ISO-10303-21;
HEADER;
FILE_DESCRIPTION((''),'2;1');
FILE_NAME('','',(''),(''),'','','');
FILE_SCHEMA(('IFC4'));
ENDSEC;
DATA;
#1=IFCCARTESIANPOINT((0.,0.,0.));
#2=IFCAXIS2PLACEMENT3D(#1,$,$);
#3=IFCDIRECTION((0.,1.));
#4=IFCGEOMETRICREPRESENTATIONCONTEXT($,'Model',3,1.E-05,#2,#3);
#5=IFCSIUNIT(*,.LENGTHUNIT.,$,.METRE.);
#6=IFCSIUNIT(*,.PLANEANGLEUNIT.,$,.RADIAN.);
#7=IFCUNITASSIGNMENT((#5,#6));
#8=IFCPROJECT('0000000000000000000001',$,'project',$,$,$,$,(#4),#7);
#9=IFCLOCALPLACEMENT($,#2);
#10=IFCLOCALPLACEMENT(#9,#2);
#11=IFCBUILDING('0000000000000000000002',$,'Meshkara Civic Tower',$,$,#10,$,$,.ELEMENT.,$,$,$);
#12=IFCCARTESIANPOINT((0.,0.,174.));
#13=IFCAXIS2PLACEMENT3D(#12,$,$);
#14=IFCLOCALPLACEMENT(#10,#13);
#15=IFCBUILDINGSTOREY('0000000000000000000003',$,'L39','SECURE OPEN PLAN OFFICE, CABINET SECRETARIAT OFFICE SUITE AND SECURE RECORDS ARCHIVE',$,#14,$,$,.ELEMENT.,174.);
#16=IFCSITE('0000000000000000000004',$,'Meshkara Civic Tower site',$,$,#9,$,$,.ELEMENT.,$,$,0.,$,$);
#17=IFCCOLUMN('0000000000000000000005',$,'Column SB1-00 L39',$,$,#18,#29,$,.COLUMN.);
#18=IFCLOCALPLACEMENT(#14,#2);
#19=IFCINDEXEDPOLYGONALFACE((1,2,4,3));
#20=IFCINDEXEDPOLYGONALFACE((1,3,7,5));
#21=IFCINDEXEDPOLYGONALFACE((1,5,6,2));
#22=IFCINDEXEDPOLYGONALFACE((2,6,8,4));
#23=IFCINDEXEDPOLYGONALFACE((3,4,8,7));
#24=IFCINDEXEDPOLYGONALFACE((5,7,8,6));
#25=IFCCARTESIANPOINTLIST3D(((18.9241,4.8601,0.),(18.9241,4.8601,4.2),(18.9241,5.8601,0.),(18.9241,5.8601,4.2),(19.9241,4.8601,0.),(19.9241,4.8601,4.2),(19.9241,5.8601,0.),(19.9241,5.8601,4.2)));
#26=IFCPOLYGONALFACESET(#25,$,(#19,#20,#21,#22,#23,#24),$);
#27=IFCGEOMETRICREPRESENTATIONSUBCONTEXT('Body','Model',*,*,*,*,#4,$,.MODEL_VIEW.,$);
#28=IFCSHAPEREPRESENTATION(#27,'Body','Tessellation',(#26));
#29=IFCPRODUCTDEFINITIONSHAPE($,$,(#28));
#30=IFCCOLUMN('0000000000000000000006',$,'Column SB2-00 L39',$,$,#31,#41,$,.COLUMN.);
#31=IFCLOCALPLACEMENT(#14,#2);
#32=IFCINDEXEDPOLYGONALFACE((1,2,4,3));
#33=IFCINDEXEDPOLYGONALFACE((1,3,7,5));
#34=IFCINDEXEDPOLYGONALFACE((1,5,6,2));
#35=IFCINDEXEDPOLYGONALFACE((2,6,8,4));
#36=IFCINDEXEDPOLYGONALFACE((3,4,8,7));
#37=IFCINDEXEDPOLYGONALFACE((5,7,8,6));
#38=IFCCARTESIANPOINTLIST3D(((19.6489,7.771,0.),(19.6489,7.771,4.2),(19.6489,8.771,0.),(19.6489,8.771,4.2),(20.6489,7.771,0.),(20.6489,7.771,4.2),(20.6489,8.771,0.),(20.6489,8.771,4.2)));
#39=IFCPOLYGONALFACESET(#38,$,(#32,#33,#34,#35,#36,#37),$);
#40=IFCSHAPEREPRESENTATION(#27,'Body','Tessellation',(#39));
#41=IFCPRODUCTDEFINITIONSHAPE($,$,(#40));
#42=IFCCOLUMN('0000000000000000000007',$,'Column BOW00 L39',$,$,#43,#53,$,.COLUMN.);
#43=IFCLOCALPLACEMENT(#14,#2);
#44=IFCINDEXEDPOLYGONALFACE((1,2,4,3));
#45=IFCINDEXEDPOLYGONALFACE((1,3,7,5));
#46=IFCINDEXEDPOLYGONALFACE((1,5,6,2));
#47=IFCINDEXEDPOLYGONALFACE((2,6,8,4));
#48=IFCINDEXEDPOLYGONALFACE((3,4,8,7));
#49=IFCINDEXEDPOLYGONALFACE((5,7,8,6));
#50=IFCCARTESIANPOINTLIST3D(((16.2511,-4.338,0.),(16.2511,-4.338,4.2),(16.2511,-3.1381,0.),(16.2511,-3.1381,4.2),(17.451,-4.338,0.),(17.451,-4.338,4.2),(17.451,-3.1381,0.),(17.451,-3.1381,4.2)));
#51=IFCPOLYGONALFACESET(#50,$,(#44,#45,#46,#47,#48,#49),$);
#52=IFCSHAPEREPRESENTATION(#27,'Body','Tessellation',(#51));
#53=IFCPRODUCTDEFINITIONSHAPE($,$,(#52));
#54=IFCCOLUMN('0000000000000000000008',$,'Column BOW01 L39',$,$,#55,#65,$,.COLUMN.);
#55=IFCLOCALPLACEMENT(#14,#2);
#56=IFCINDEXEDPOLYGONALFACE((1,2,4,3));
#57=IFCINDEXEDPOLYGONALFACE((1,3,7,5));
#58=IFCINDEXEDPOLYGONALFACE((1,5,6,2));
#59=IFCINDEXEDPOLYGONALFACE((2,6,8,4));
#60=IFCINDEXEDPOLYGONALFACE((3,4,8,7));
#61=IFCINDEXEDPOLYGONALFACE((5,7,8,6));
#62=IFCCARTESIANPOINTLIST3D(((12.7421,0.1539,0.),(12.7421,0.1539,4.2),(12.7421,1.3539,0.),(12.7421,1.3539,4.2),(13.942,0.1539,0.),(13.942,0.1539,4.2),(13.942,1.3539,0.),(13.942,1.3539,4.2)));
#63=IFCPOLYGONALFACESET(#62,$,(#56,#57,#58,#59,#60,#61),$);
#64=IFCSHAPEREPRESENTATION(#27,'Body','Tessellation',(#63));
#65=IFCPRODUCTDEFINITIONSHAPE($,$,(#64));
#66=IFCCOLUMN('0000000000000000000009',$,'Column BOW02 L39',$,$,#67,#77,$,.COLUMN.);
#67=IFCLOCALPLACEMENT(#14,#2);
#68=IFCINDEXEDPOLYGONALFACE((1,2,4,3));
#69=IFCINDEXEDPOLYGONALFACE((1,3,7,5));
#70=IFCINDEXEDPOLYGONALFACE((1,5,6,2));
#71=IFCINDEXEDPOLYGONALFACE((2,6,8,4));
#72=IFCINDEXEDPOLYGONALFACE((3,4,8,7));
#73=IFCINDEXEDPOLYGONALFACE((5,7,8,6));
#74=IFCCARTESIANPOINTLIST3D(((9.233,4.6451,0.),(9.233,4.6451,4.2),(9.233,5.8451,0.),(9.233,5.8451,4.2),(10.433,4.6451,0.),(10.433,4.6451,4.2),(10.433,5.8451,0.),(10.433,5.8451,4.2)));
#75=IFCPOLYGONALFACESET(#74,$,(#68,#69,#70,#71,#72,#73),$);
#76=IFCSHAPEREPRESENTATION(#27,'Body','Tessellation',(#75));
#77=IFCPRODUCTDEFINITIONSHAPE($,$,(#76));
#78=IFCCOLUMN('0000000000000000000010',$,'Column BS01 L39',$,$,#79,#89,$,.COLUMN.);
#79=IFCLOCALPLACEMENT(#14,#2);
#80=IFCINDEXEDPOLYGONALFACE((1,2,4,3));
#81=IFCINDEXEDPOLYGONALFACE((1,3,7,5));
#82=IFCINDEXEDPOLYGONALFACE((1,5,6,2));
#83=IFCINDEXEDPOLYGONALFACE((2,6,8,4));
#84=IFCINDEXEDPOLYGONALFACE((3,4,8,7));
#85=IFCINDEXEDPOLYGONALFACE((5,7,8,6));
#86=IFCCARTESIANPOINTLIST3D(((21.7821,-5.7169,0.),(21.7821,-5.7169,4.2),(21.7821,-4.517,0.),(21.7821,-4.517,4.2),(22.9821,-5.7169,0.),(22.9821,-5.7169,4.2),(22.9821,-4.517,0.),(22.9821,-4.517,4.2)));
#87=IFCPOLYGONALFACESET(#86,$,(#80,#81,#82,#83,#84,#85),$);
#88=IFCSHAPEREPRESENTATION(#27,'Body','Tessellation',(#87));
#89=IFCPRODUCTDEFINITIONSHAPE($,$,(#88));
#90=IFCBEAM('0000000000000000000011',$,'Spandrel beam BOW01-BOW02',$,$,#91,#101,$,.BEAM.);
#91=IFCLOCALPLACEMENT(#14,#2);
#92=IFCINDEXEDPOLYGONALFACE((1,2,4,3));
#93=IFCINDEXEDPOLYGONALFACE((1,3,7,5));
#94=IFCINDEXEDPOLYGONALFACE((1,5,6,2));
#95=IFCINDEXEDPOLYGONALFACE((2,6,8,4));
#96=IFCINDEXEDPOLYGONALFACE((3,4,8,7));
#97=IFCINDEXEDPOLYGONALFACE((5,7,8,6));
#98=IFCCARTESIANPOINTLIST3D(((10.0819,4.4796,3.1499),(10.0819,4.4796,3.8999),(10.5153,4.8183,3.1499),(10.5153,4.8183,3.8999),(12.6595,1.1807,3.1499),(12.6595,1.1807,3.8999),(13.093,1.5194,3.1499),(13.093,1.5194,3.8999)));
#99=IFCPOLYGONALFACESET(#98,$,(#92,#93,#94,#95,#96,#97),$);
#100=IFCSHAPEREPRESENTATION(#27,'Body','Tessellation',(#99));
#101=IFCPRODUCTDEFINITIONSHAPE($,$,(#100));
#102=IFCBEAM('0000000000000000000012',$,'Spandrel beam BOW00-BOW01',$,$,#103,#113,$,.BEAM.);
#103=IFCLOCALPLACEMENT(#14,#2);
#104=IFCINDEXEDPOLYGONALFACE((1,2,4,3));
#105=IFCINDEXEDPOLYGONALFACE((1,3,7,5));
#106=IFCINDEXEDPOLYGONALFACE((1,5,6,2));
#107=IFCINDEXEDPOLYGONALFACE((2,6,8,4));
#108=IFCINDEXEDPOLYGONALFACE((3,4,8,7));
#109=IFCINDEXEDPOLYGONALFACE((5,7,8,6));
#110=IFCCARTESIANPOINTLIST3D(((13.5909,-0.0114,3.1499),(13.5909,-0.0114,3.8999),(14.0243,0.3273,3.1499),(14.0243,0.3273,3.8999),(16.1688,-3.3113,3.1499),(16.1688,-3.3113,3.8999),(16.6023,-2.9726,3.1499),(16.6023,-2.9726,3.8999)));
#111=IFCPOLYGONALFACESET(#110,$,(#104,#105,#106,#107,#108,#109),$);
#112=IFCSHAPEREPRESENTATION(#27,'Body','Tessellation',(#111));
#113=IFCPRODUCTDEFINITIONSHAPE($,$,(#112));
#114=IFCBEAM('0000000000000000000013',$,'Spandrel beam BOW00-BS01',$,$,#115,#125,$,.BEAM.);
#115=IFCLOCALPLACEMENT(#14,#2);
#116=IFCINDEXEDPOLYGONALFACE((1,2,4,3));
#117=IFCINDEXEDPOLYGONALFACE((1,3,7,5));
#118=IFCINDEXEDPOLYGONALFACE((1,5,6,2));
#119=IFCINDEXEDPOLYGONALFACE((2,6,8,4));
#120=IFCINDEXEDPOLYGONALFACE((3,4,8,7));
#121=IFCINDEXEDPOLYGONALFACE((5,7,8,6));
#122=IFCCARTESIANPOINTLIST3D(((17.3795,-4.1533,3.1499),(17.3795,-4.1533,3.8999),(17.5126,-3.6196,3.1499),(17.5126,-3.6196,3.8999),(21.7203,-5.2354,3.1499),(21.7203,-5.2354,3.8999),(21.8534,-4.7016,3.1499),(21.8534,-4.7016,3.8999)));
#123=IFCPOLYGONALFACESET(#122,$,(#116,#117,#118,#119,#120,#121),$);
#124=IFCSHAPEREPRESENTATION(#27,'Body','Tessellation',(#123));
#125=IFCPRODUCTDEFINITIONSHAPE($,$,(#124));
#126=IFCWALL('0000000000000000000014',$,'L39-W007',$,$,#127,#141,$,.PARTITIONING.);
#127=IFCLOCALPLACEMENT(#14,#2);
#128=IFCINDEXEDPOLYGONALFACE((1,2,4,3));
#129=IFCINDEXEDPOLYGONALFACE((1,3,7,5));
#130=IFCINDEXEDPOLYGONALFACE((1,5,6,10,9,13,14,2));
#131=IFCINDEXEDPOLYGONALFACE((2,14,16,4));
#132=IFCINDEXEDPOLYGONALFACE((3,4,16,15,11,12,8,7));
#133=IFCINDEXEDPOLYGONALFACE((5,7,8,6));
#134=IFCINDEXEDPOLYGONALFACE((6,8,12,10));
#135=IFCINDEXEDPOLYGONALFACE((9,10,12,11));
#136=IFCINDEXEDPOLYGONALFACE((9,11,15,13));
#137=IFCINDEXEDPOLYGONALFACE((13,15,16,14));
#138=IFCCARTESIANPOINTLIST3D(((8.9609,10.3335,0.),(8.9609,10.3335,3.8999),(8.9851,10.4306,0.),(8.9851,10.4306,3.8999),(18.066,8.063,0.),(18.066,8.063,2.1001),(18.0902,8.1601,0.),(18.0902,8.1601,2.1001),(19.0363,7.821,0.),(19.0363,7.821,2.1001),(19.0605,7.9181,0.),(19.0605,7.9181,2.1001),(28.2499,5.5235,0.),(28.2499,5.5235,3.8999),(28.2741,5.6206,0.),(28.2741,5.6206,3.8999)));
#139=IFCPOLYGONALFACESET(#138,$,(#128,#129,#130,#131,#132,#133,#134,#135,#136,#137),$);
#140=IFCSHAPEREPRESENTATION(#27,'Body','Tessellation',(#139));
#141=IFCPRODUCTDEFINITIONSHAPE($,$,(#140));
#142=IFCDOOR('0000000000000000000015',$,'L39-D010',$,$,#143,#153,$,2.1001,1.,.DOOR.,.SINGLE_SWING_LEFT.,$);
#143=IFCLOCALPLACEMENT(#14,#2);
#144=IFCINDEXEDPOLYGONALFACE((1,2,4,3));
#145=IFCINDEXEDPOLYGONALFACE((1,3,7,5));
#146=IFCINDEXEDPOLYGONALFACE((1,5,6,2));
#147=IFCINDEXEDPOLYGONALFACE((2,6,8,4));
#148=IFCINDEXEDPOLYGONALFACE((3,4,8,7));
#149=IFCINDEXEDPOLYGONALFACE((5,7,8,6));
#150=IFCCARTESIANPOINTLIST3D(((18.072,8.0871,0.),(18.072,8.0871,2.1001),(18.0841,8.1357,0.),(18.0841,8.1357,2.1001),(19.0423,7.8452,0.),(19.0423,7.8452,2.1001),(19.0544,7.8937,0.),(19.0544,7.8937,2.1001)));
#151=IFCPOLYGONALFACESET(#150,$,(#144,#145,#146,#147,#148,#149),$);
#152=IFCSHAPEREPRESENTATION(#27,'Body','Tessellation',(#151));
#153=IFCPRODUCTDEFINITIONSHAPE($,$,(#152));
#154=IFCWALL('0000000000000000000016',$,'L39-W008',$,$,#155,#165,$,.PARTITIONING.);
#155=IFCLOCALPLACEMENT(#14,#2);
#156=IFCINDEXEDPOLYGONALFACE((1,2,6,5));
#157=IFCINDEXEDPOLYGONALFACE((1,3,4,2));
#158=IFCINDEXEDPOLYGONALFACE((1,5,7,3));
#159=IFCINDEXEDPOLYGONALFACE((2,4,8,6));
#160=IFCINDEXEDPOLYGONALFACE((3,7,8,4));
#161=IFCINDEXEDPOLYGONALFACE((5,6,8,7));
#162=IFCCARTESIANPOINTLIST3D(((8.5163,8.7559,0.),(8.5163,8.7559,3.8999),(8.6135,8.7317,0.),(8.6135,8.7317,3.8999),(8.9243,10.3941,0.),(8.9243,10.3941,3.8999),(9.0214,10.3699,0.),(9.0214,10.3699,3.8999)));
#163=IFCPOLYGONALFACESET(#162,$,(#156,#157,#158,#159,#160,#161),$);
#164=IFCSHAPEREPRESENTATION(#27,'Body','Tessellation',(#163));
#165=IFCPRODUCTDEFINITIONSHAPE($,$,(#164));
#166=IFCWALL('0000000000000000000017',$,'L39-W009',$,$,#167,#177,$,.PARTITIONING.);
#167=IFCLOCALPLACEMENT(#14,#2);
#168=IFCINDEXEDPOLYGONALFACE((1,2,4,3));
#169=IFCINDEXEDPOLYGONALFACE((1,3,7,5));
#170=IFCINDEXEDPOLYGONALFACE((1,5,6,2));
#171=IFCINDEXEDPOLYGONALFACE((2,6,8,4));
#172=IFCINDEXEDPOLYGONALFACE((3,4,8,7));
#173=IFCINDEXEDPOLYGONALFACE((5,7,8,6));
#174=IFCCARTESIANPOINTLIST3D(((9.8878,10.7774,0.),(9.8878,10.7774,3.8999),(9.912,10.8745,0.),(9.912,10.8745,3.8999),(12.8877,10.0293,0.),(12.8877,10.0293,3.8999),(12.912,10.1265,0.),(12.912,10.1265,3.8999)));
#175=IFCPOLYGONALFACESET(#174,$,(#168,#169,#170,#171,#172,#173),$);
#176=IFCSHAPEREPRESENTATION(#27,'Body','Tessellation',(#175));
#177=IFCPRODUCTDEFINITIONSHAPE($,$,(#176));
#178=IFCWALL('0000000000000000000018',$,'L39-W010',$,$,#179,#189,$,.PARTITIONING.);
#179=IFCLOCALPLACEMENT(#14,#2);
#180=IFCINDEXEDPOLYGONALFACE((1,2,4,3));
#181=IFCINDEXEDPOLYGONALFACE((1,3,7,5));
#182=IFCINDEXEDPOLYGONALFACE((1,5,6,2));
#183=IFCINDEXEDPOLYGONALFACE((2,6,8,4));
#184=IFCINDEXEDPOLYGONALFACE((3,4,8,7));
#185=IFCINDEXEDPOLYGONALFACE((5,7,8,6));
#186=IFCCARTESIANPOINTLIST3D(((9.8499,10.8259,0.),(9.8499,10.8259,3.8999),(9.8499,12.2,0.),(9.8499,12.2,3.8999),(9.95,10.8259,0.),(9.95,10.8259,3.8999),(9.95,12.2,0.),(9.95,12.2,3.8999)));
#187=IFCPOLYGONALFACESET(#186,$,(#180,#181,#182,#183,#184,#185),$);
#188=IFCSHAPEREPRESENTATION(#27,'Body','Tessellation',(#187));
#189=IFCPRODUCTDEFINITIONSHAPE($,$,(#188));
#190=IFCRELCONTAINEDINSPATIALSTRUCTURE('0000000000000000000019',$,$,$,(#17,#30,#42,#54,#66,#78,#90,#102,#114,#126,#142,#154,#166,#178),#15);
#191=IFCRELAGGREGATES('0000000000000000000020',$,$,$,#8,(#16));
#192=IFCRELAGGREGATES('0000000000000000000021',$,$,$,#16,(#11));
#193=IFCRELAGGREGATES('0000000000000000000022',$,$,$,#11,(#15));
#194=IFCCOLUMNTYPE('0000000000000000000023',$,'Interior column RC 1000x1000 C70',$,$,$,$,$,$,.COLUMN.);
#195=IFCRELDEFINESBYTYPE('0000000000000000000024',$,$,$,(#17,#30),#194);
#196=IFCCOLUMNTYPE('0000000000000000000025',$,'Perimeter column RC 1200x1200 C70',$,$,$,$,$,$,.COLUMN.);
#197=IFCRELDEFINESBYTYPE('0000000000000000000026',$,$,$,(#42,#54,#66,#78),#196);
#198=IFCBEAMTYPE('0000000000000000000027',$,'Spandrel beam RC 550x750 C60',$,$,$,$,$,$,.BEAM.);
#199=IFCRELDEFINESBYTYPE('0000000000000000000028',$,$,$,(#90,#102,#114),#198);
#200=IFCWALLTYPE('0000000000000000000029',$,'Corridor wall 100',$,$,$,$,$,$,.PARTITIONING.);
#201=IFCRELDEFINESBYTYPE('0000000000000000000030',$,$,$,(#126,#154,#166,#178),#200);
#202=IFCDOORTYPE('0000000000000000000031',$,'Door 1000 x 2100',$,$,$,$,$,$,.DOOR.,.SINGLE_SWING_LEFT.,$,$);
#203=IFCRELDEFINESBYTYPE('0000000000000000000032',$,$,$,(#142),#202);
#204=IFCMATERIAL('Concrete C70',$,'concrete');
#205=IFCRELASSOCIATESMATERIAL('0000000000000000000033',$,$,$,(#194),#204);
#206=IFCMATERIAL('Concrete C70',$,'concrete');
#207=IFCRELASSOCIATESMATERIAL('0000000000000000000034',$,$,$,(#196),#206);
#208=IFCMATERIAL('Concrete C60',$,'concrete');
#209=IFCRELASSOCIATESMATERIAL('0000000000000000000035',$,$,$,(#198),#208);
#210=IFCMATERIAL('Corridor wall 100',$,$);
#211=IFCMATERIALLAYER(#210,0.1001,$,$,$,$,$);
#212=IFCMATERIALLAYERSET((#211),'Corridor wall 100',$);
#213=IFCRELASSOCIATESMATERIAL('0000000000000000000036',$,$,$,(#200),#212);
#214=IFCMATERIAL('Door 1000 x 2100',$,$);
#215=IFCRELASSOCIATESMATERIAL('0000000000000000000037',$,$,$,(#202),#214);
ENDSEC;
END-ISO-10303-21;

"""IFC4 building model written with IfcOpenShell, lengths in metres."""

from ifc_helpers import new_model, si_unit, direction, frame, frame_2d, origin, origin_2d, place, context, subcontext, project, spatial, rectangle, extrude, material, layer, layer_set, material_profile, profile_set, type_object, element, fill, save


model = new_model("IFC4")

# Units and contexts
model_context = context("Model", 3, precision=1e-05, world=origin(), true_north=direction((0.0, 1.0)))
body_context = subcontext(model_context, "Body", "Model", "MODEL_VIEW")
ifc_project = project(units=[si_unit("LENGTHUNIT", "METRE"), si_unit("PLANEANGLEUNIT", "RADIAN")], contexts=[model_context])

# Site, building, storey
site_placement = place(None, origin())
site = spatial("IfcSite", under=ifc_project, at=site_placement, Name="Meshkara Civic Tower site", CompositionType="ELEMENT", RefElevation=0.0)
building_placement = place(site_placement, origin())
building = spatial("IfcBuilding", under=site, at=building_placement, Name="Meshkara Civic Tower", CompositionType="ELEMENT")
storey_placement = place(building_placement, frame((0.0, 0.0, 174.0)))
storey = spatial("IfcBuildingStorey", under=building, at=storey_placement, Name="L39", Description="SECURE OPEN PLAN OFFICE, CABINET SECRETARIAT OFFICE SUITE AND SECURE RECORDS ARCHIVE", CompositionType="ELEMENT", Elevation=174.0)

# Columns
ifc_material_1 = material(Name="Concrete C70", Category="concrete")
ifc_material_profile_1 = material_profile(ifc_material_1, rectangle(XDim=1.0, YDim=1.0, at=origin_2d()))
ifc_profile_set_1 = profile_set([ifc_material_profile_1], Name="Concrete C70")
column_type_1 = type_object("IfcColumnType", Name="Interior column RC 1000x1000 C70", PredefinedType="COLUMN", material=ifc_profile_set_1)
for number, where, z_axis, x_axis, name in (
    (1, (19.4241, 5.3601, 0.0), (0.0, 0.0, 1.0), (1.0, 0.0, 0.0), "Column SB1-00 L39"),
    (2, (20.1489, 8.271, 0.0), (0.0, 0.0, 1.0), (1.0, 0.0, 0.0), "Column SB2-00 L39"),
):
    element("IfcColumn", number, at=place(storey_placement, frame(where, z_axis=z_axis, x_axis=x_axis)), inside=storey, type_object=column_type_1, Name=name, PredefinedType="COLUMN", context=body_context, shape_type="SweptSolid", body=[
        extrude(rectangle(XDim=1.0, YDim=1.0, at=origin_2d()), origin(), (0.0, 0.0, 1.0), 4.2),
    ])
ifc_material_2 = material(Name="Concrete C70", Category="concrete")
ifc_material_profile_2 = material_profile(ifc_material_2, rectangle(XDim=1.2, YDim=1.2, at=origin_2d()))
ifc_profile_set_2 = profile_set([ifc_material_profile_2], Name="Concrete C70")
column_type_2 = type_object("IfcColumnType", Name="Perimeter column RC 1200x1200 C70", PredefinedType="COLUMN", material=ifc_profile_set_2)
for number, where, z_axis, x_axis, name in (
    (3, (16.8511, -3.738, 0.0), (0.0, 0.0, 1.0), (1.0, 0.0, 0.0), "Column BOW00 L39"),
    (4, (13.342, 0.7539, 0.0), (0.0, 0.0, 1.0), (1.0, 0.0, 0.0), "Column BOW01 L39"),
    (5, (9.833, 5.2451, 0.0), (0.0, 0.0, 1.0), (1.0, 0.0, 0.0), "Column BOW02 L39"),
    (6, (22.3821, -5.1169, 0.0), (0.0, 0.0, 1.0), (1.0, 0.0, 0.0), "Column BS01 L39"),
):
    element("IfcColumn", number, at=place(storey_placement, frame(where, z_axis=z_axis, x_axis=x_axis)), inside=storey, type_object=column_type_2, Name=name, PredefinedType="COLUMN", context=body_context, shape_type="SweptSolid", body=[
        extrude(rectangle(XDim=1.2, YDim=1.2, at=origin_2d()), origin(), (0.0, 0.0, 1.0), 4.2),
    ])

# Beams
ifc_material_3 = material(Name="Concrete C60", Category="concrete")
ifc_material_profile_3 = material_profile(ifc_material_3, rectangle(XDim=0.55, YDim=0.75, at=origin_2d()))
ifc_profile_set_3 = profile_set([ifc_material_profile_3], Name="Concrete C60")
beam_type = type_object("IfcBeamType", Name="Spandrel beam RC 550x750 C60", PredefinedType="BEAM", material=ifc_profile_set_3)
beam_1_placement = place(storey_placement, frame((10.2986, 4.6489, 3.5249), z_axis=(0.615707, -0.787975, 0.0), x_axis=(0.787975, 0.615707, 0.0)))
element("IfcBeam", 7, at=beam_1_placement, inside=storey, type_object=beam_type, Name="Spandrel beam BOW01-BOW02", PredefinedType="BEAM", context=body_context, shape_type="SweptSolid", body=[
    extrude(rectangle(XDim=0.55, YDim=0.75, at=origin_2d()), origin(), (0.0, 0.0, 1.0), 4.1865),
])
beam_2_placement = place(storey_placement, frame((13.8076, 0.158, 3.5249), z_axis=(0.61563, -0.788035, 0.0), x_axis=(0.788035, 0.61563, 0.0)))
element("IfcBeam", 8, at=beam_2_placement, inside=storey, type_object=beam_type, Name="Spandrel beam BOW00-BOW01", PredefinedType="BEAM", context=body_context, shape_type="SweptSolid", body=[
    extrude(rectangle(XDim=0.55, YDim=0.75, at=origin_2d()), origin(), (0.0, 0.0, 1.0), 4.1875),
])
beam_3_placement = place(storey_placement, frame((17.446, -3.8865, 3.5249), z_axis=(0.970309, -0.241868, 0.0), x_axis=(0.241868, 0.970309, 0.0)))
element("IfcBeam", 9, at=beam_3_placement, inside=storey, type_object=beam_type, Name="Spandrel beam BOW00-BS01", PredefinedType="BEAM", context=body_context, shape_type="SweptSolid", body=[
    extrude(rectangle(XDim=0.55, YDim=0.75, at=origin_2d()), origin(), (0.0, 0.0, 1.0), 4.4736),
])

# Wall, opening, door
ifc_material_4 = material(Name="Corridor wall 100")
ifc_layer_1 = layer(ifc_material_4, 0.1001)
ifc_layer_set_1 = layer_set([ifc_layer_1], Name="Corridor wall 100")
wall_type_1 = type_object("IfcWallType", Name="Corridor wall 100", PredefinedType="PARTITIONING", material=ifc_layer_set_1)
wall_1_placement = place(storey_placement, frame((8.9729, 10.3821, 0.0), z_axis=(0.0, 0.0, 1.0), x_axis=(0.970287, -0.241958, 0.0)))
wall_1 = element("IfcWall", 10, at=wall_1_placement, inside=storey, type_object=wall_type_1, Name="L39-W007", PredefinedType="PARTITIONING", context=body_context, shape_type="SweptSolid", body=[
    extrude(rectangle(XDim=19.8796, YDim=0.1001, at=frame_2d((9.9399, 0.0))), origin(), (0.0, 0.0, 1.0), 3.8999),
])
opening_1_placement = place(wall_1_placement, frame((9.384, 0.0, 0.0)))
opening_1 = element("IfcOpeningElement", 11, at=opening_1_placement, cuts=wall_1, PredefinedType="OPENING", context=body_context, shape_type="SweptSolid", body=[
    extrude(rectangle(XDim=1.0, YDim=2.1001, at=frame_2d((0.5, 1.05))), frame((0.0, 0.0601, 0.0), z_axis=(0.0, -1.0, 0.0), x_axis=(1.0, 0.0, 0.0)), (0.0, 0.0, 1.0), 0.1201),
])
ifc_material_5 = material(Name="Door 1000 x 2100")
door_type = type_object("IfcDoorType", Name="Door 1000 x 2100", OperationType="SINGLE_SWING_LEFT", PredefinedType="DOOR", material=ifc_material_5)
door_placement = place(opening_1_placement, origin())
door = element("IfcDoor", 12, at=door_placement, inside=storey, type_object=door_type, Name="L39-D010", OperationType="SINGLE_SWING_LEFT", OverallHeight=2.1001, OverallWidth=1.0, PredefinedType="DOOR", context=body_context, shape_type="SweptSolid", body=[
    extrude(rectangle(XDim=1.0, YDim=2.1001, at=frame_2d((0.5, 1.05))), frame((0.0, 0.0249, 0.0), z_axis=(0.0, -1.0, 0.0), x_axis=(1.0, 0.0, 0.0)), (0.0, 0.0, 1.0), 0.05),
])
fill(opening_1, door)

# Walls
wall_2_placement = place(storey_placement, frame((8.9729, 10.3821, 0.0), z_axis=(0.0, 0.0, 1.0), x_axis=(-0.241651, -0.970363, 0.0)))
element("IfcWall", 13, at=wall_2_placement, inside=storey, type_object=wall_type_1, Name="L39-W008", PredefinedType="PARTITIONING", context=body_context, shape_type="SweptSolid", body=[
    extrude(rectangle(XDim=1.6882, YDim=0.1001, at=frame_2d((0.8442, 0.0))), origin(), (0.0, 0.0, 1.0), 3.8999),
])
wall_3_placement = place(storey_placement, frame((9.8999, 10.8259, 0.0), z_axis=(0.0, 0.0, 1.0), x_axis=(0.970291, -0.241941, 0.0)))
element("IfcWall", 14, at=wall_3_placement, inside=storey, type_object=wall_type_1, Name="L39-W009", PredefinedType="PARTITIONING", context=body_context, shape_type="SweptSolid", body=[
    extrude(rectangle(XDim=3.0918, YDim=0.1001, at=frame_2d((1.5459, 0.0))), origin(), (0.0, 0.0, 1.0), 3.8999),
])
wall_4_placement = place(storey_placement, frame((9.8999, 12.2, 0.0), z_axis=(0.0, 0.0, 1.0), x_axis=(0.0, -1.0, 0.0)))
element("IfcWall", 15, at=wall_4_placement, inside=storey, type_object=wall_type_1, Name="L39-W010", PredefinedType="PARTITIONING", context=body_context, shape_type="SweptSolid", body=[
    extrude(rectangle(XDim=1.374, YDim=0.1001, at=frame_2d((0.687, 0.0))), origin(), (0.0, 0.0, 1.0), 3.8999),
])

save(model, "model.ifc")
